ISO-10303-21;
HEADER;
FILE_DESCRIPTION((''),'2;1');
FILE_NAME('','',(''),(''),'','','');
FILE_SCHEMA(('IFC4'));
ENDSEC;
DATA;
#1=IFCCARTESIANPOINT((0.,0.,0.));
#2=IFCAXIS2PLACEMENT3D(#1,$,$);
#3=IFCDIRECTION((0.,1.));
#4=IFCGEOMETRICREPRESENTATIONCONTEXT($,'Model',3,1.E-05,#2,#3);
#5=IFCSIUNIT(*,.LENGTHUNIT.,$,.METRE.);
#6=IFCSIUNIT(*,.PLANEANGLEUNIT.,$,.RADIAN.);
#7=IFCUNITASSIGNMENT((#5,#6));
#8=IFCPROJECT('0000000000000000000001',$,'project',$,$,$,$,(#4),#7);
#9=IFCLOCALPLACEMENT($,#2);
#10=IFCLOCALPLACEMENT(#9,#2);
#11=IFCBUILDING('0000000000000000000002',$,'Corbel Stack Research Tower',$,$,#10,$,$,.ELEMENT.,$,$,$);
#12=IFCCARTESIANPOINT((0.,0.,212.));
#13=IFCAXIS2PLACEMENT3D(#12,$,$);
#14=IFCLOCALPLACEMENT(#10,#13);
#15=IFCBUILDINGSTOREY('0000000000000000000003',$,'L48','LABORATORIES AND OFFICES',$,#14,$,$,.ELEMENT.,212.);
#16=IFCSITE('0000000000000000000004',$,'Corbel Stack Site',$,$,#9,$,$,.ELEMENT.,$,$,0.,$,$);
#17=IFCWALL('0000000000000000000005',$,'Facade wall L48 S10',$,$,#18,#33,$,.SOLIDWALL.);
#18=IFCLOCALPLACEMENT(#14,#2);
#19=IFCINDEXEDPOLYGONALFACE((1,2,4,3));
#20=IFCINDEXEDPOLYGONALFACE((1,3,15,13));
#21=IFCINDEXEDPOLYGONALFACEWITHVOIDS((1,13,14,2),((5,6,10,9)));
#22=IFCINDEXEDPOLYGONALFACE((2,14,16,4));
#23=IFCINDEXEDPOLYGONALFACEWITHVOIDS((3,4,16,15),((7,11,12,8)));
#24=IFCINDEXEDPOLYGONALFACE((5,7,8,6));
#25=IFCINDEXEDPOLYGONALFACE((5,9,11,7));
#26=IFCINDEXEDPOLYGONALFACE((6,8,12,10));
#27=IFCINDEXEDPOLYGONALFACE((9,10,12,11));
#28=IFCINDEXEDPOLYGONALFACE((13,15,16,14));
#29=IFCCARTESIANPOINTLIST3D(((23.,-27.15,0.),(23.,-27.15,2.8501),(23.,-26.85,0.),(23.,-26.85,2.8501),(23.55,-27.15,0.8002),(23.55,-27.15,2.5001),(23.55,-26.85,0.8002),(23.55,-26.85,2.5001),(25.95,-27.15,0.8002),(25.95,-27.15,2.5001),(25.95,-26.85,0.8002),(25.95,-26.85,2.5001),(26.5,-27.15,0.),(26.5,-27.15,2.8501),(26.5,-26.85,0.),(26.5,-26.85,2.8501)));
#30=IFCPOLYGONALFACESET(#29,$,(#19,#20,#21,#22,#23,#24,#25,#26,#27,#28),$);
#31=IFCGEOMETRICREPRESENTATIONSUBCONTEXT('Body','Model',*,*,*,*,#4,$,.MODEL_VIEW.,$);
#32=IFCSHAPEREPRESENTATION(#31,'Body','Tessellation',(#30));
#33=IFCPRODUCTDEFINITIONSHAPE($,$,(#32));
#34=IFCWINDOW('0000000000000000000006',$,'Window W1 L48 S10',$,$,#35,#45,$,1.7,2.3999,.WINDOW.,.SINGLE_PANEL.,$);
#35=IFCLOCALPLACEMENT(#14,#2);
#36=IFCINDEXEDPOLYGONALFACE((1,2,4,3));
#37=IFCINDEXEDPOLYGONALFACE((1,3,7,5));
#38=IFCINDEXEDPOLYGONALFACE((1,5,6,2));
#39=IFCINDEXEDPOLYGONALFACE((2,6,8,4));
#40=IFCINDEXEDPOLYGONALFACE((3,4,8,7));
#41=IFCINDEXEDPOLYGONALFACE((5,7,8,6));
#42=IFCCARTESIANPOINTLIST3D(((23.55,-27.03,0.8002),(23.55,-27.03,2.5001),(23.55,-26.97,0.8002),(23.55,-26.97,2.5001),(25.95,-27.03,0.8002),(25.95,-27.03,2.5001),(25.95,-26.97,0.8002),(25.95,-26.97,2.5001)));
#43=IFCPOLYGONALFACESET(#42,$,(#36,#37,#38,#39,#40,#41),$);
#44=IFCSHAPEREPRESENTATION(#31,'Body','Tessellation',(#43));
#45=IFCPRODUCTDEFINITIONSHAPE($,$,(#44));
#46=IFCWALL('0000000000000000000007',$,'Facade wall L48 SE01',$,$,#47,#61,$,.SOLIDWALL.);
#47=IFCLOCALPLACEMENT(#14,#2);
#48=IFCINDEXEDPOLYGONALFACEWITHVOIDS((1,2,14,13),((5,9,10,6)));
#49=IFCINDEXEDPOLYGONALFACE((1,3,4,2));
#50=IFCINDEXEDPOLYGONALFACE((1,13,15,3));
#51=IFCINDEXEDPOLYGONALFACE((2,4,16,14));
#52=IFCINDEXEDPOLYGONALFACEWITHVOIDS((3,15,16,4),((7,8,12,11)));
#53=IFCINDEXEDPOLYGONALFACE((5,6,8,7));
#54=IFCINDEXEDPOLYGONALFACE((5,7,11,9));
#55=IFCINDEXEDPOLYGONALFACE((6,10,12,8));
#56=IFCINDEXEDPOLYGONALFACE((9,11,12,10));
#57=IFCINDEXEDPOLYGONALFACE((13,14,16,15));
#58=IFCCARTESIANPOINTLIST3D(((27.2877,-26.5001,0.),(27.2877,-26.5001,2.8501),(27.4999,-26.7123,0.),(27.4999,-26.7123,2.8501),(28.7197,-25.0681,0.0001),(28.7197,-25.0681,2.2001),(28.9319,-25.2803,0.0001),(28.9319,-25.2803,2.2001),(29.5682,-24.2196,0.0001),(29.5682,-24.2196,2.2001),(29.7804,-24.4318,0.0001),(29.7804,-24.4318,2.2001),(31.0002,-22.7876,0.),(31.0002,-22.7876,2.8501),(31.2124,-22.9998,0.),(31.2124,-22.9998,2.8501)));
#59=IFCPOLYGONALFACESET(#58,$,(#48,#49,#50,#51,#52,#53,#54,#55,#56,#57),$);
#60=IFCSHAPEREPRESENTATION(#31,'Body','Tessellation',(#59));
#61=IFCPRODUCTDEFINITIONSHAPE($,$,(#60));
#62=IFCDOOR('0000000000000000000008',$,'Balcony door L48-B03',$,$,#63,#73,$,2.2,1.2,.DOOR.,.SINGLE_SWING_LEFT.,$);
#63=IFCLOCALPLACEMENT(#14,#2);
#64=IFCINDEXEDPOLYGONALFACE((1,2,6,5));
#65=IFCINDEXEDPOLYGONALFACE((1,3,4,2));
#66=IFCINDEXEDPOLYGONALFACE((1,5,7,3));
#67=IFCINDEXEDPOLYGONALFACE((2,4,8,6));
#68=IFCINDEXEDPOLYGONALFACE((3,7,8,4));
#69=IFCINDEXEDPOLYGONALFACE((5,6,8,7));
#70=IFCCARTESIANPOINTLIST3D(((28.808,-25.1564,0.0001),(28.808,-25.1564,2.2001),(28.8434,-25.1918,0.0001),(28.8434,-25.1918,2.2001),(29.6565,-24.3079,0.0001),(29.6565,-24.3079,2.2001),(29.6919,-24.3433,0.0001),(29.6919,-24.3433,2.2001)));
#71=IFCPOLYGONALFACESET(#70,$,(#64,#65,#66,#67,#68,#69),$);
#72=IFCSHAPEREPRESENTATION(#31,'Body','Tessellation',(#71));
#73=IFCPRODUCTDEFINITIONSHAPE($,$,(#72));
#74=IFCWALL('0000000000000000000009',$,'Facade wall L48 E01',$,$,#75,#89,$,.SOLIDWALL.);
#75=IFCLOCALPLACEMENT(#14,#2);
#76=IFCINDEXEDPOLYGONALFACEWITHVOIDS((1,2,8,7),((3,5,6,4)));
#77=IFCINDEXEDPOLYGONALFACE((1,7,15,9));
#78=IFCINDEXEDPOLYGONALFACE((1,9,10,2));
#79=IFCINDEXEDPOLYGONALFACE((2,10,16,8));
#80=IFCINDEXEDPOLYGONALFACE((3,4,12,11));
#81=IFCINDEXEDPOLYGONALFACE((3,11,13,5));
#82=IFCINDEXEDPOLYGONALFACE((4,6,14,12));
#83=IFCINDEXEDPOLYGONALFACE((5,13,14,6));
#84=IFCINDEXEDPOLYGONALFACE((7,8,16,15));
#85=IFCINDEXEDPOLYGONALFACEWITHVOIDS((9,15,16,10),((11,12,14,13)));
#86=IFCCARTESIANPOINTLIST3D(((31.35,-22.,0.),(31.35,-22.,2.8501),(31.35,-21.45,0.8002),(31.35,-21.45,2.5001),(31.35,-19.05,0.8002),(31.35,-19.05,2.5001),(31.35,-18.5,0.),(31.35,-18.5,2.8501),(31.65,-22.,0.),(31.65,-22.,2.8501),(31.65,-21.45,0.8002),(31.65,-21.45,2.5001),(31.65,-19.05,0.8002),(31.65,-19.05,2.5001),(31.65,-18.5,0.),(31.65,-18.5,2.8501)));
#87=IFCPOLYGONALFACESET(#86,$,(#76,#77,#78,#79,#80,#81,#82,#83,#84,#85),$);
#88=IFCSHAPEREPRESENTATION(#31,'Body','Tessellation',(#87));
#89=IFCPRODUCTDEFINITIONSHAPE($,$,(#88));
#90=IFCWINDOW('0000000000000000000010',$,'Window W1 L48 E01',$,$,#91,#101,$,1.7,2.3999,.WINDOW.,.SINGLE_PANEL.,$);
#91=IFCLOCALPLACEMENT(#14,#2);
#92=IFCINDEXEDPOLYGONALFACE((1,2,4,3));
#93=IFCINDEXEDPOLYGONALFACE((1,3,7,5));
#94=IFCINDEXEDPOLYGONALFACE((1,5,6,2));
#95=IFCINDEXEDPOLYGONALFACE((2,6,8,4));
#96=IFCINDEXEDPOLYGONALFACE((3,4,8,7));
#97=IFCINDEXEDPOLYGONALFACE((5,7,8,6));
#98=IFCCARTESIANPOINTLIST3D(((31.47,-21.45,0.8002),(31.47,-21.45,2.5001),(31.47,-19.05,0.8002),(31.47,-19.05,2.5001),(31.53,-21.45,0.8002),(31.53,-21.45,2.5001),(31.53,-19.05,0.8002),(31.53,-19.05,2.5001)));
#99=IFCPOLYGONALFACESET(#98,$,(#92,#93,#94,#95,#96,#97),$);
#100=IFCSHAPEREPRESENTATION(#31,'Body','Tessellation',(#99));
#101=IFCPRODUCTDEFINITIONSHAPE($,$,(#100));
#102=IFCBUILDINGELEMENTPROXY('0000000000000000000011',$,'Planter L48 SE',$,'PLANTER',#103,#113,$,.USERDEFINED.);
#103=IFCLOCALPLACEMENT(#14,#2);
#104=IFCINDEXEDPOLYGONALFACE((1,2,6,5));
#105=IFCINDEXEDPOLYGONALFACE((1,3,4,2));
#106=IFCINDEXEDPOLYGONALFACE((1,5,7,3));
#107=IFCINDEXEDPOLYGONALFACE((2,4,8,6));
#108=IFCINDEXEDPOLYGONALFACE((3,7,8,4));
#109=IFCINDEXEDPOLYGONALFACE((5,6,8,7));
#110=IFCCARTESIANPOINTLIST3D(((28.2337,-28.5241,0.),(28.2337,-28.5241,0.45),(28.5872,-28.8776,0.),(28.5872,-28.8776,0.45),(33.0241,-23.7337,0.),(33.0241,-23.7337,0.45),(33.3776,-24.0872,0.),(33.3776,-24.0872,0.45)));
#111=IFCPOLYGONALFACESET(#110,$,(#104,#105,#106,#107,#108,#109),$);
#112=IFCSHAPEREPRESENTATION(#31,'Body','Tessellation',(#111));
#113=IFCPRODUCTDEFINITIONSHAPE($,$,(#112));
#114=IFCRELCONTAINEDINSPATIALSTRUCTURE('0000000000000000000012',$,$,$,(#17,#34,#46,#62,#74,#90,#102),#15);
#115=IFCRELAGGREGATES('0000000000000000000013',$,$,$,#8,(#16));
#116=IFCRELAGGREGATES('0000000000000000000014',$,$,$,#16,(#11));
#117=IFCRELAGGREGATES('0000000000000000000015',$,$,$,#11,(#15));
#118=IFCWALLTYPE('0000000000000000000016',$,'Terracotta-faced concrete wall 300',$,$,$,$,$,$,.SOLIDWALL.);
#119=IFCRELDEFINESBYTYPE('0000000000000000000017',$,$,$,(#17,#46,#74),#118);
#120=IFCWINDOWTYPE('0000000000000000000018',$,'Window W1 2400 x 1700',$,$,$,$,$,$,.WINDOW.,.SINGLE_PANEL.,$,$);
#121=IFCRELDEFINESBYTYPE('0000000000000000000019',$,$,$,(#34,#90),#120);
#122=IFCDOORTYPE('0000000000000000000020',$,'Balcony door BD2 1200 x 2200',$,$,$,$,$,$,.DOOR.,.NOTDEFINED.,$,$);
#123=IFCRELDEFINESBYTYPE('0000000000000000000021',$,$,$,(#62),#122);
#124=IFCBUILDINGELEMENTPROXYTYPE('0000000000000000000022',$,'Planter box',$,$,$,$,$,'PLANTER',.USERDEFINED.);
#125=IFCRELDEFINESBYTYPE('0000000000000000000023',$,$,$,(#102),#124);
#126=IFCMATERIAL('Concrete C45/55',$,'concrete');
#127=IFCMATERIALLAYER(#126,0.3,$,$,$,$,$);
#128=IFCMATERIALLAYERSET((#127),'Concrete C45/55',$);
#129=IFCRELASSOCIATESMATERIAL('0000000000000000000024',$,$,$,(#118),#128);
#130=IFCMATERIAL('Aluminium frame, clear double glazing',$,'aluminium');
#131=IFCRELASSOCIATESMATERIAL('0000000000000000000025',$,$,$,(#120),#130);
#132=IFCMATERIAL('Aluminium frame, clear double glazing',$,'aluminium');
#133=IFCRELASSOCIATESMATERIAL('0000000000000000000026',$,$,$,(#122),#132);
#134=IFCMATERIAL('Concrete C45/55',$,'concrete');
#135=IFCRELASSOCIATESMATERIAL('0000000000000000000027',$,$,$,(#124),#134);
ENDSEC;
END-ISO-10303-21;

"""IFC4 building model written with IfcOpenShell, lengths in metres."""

from ifc_helpers import new_model, si_unit, direction, frame, frame_2d, origin, origin_2d, place, context, subcontext, project, spatial, rectangle, extrude, material, layer, layer_set, type_object, element, fill, save


model = new_model("IFC4")

# Units and contexts
model_context = context("Model", 3, precision=1e-05, world=origin(), true_north=direction((0.0, 1.0)))
body_context = subcontext(model_context, "Body", "Model", "MODEL_VIEW")
ifc_project = project(units=[si_unit("LENGTHUNIT", "METRE"), si_unit("PLANEANGLEUNIT", "RADIAN")], contexts=[model_context])

# Site, building, storey
site_placement = place(None, origin())
site = spatial("IfcSite", under=ifc_project, at=site_placement, Name="Corbel Stack Site", CompositionType="ELEMENT", RefElevation=0.0)
building_placement = place(site_placement, origin())
building = spatial("IfcBuilding", under=site, at=building_placement, Name="Corbel Stack Research Tower", CompositionType="ELEMENT")
storey_placement = place(building_placement, frame((0.0, 0.0, 212.0)))
storey = spatial("IfcBuildingStorey", under=building, at=storey_placement, Name="L48", Description="LABORATORIES AND OFFICES", CompositionType="ELEMENT", Elevation=212.0)

# Shared definitions
ifc_material_1 = material(Name="Concrete C45/55", Category="concrete")
ifc_layer_1 = layer(ifc_material_1, 0.3)
ifc_layer_set_1 = layer_set([ifc_layer_1], Name="Concrete C45/55")
wall_type_1 = type_object("IfcWallType", Name="Terracotta-faced concrete wall 300", PredefinedType="SOLIDWALL", material=ifc_layer_set_1)
ifc_material_2 = material(Name="Aluminium frame, clear double glazing", Category="aluminium")
window_type = type_object("IfcWindowType", Name="Window W1 2400 x 1700", PartitioningType="SINGLE_PANEL", PredefinedType="WINDOW", material=ifc_material_2)

# Wall, opening, window
wall_1_placement = place(storey_placement, frame((26.5, -27.0, 0.0), z_axis=(0.0, 0.0, 1.0), x_axis=(-1.0, 0.0, 0.0)))
wall_1 = element("IfcWall", 1, at=wall_1_placement, inside=storey, type_object=wall_type_1, Name="Facade wall L48 S10", PredefinedType="SOLIDWALL", context=body_context, shape_type="SweptSolid", body=[
    extrude(rectangle(XDim=3.5, YDim=0.3, at=frame_2d((1.75, 0.0))), origin(), (0.0, 0.0, 1.0), 2.8501),
])
opening_1_placement = place(wall_1_placement, frame((0.55, 0.0, 0.8)))
opening_1 = element("IfcOpeningElement", 2, at=opening_1_placement, cuts=wall_1, PredefinedType="OPENING", context=body_context, shape_type="SweptSolid", body=[
    extrude(rectangle(XDim=2.3999, YDim=1.7, at=frame_2d((1.2, 0.8501))), frame((0.0, 0.1599, 0.0), z_axis=(0.0, -1.0, 0.0), x_axis=(1.0, 0.0, 0.0)), (0.0, 0.0, 1.0), 0.3201),
])
window_1_placement = place(opening_1_placement, origin())
window_1 = element("IfcWindow", 3, at=window_1_placement, inside=storey, type_object=window_type, Name="Window W1 L48 S10", OverallHeight=1.7, OverallWidth=2.3999, PartitioningType="SINGLE_PANEL", PredefinedType="WINDOW", context=body_context, shape_type="SweptSolid", body=[
    extrude(rectangle(XDim=2.3999, YDim=1.7, at=frame_2d((1.2, 0.8501))), frame((0.0, 0.03, 0.0), z_axis=(0.0, -1.0, 0.0), x_axis=(1.0, 0.0, 0.0)), (0.0, 0.0, 1.0), 0.0601),
])
fill(opening_1, window_1)

# Wall, opening, door
wall_2_placement = place(storey_placement, frame((31.1062, -22.8938, 0.0), z_axis=(0.0, 0.0, 1.0), x_axis=(-0.707107, -0.707107, 0.0)))
wall_2 = element("IfcWall", 4, at=wall_2_placement, inside=storey, type_object=wall_type_1, Name="Facade wall L48 SE01", PredefinedType="SOLIDWALL", context=body_context, shape_type="SweptSolid", body=[
    extrude(rectangle(XDim=5.2502, YDim=0.3, at=frame_2d((2.625, 0.0))), origin(), (0.0, 0.0, 1.0), 2.8501),
])
opening_2_placement = place(wall_2_placement, frame((2.0249, 0.0, 0.0)))
opening_2 = element("IfcOpeningElement", 5, at=opening_2_placement, cuts=wall_2, PredefinedType="OPENING", context=body_context, shape_type="SweptSolid", body=[
    extrude(rectangle(XDim=1.2, YDim=2.2, at=frame_2d((0.6001, 1.1001))), frame((0.0, 0.1599, 0.0), z_axis=(0.0, -1.0, 0.0), x_axis=(1.0, 0.0, 0.0)), (0.0, 0.0, 1.0), 0.3201),
])
ifc_material_3 = material(Name="Aluminium frame, clear double glazing", Category="aluminium")
door_type_1 = type_object("IfcDoorType", Name="Balcony door BD2 1200 x 2200", OperationType="NOTDEFINED", PredefinedType="DOOR", material=ifc_material_3)
door_1_placement = place(opening_2_placement, origin())
door_1 = element("IfcDoor", 6, at=door_1_placement, inside=storey, type_object=door_type_1, Name="Balcony door L48-B03", OperationType="SINGLE_SWING_LEFT", OverallHeight=2.2, OverallWidth=1.2, PredefinedType="DOOR", context=body_context, shape_type="SweptSolid", body=[
    extrude(rectangle(XDim=1.2, YDim=2.2, at=frame_2d((0.6001, 1.1001))), frame((0.0, 0.0249, 0.0), z_axis=(0.0, -1.0, 0.0), x_axis=(1.0, 0.0, 0.0)), (0.0, 0.0, 1.0), 0.05),
])
fill(opening_2, door_1)

# Wall, opening, window
wall_3_placement = place(storey_placement, frame((31.5, -18.5, 0.0), z_axis=(0.0, 0.0, 1.0), x_axis=(0.0, -1.0, 0.0)))
wall_3 = element("IfcWall", 7, at=wall_3_placement, inside=storey, type_object=wall_type_1, Name="Facade wall L48 E01", PredefinedType="SOLIDWALL", context=body_context, shape_type="SweptSolid", body=[
    extrude(rectangle(XDim=3.5, YDim=0.3, at=frame_2d((1.75, 0.0))), origin(), (0.0, 0.0, 1.0), 2.8501),
])
opening_3_placement = place(wall_3_placement, frame((0.55, 0.0, 0.8)))
opening_3 = element("IfcOpeningElement", 8, at=opening_3_placement, cuts=wall_3, PredefinedType="OPENING", context=body_context, shape_type="SweptSolid", body=[
    extrude(rectangle(XDim=2.3999, YDim=1.7, at=frame_2d((1.2, 0.8501))), frame((0.0, 0.1599, 0.0), z_axis=(0.0, -1.0, 0.0), x_axis=(1.0, 0.0, 0.0)), (0.0, 0.0, 1.0), 0.3201),
])
window_2_placement = place(opening_3_placement, origin())
window_2 = element("IfcWindow", 9, at=window_2_placement, inside=storey, type_object=window_type, Name="Window W1 L48 E01", OverallHeight=1.7, OverallWidth=2.3999, PartitioningType="SINGLE_PANEL", PredefinedType="WINDOW", context=body_context, shape_type="SweptSolid", body=[
    extrude(rectangle(XDim=2.3999, YDim=1.7, at=frame_2d((1.2, 0.8501))), frame((0.0, 0.03, 0.0), z_axis=(0.0, -1.0, 0.0), x_axis=(1.0, 0.0, 0.0)), (0.0, 0.0, 1.0), 0.0601),
])
fill(opening_3, window_2)

# Building element proxy
ifc_material_4 = material(Name="Concrete C45/55", Category="concrete")
building_element_proxy_type = type_object("IfcBuildingElementProxyType", Name="Planter box", ElementType="PLANTER", PredefinedType="USERDEFINED", material=ifc_material_4)
proxy_placement = place(storey_placement, frame((30.8057, -26.3057, 0.0), z_axis=(0.0, 0.0, 1.0), x_axis=(0.707107, 0.707107, 0.0)))
element("IfcBuildingElementProxy", 10, at=proxy_placement, inside=storey, type_object=building_element_proxy_type, Name="Planter L48 SE", ObjectType="PLANTER", PredefinedType="USERDEFINED", context=body_context, shape_type="SweptSolid", body=[
    extrude(rectangle(XDim=6.7747, YDim=0.5, at=origin_2d()), origin(), (0.0, 0.0, 1.0), 0.45),
])

save(model, "model.ifc")
